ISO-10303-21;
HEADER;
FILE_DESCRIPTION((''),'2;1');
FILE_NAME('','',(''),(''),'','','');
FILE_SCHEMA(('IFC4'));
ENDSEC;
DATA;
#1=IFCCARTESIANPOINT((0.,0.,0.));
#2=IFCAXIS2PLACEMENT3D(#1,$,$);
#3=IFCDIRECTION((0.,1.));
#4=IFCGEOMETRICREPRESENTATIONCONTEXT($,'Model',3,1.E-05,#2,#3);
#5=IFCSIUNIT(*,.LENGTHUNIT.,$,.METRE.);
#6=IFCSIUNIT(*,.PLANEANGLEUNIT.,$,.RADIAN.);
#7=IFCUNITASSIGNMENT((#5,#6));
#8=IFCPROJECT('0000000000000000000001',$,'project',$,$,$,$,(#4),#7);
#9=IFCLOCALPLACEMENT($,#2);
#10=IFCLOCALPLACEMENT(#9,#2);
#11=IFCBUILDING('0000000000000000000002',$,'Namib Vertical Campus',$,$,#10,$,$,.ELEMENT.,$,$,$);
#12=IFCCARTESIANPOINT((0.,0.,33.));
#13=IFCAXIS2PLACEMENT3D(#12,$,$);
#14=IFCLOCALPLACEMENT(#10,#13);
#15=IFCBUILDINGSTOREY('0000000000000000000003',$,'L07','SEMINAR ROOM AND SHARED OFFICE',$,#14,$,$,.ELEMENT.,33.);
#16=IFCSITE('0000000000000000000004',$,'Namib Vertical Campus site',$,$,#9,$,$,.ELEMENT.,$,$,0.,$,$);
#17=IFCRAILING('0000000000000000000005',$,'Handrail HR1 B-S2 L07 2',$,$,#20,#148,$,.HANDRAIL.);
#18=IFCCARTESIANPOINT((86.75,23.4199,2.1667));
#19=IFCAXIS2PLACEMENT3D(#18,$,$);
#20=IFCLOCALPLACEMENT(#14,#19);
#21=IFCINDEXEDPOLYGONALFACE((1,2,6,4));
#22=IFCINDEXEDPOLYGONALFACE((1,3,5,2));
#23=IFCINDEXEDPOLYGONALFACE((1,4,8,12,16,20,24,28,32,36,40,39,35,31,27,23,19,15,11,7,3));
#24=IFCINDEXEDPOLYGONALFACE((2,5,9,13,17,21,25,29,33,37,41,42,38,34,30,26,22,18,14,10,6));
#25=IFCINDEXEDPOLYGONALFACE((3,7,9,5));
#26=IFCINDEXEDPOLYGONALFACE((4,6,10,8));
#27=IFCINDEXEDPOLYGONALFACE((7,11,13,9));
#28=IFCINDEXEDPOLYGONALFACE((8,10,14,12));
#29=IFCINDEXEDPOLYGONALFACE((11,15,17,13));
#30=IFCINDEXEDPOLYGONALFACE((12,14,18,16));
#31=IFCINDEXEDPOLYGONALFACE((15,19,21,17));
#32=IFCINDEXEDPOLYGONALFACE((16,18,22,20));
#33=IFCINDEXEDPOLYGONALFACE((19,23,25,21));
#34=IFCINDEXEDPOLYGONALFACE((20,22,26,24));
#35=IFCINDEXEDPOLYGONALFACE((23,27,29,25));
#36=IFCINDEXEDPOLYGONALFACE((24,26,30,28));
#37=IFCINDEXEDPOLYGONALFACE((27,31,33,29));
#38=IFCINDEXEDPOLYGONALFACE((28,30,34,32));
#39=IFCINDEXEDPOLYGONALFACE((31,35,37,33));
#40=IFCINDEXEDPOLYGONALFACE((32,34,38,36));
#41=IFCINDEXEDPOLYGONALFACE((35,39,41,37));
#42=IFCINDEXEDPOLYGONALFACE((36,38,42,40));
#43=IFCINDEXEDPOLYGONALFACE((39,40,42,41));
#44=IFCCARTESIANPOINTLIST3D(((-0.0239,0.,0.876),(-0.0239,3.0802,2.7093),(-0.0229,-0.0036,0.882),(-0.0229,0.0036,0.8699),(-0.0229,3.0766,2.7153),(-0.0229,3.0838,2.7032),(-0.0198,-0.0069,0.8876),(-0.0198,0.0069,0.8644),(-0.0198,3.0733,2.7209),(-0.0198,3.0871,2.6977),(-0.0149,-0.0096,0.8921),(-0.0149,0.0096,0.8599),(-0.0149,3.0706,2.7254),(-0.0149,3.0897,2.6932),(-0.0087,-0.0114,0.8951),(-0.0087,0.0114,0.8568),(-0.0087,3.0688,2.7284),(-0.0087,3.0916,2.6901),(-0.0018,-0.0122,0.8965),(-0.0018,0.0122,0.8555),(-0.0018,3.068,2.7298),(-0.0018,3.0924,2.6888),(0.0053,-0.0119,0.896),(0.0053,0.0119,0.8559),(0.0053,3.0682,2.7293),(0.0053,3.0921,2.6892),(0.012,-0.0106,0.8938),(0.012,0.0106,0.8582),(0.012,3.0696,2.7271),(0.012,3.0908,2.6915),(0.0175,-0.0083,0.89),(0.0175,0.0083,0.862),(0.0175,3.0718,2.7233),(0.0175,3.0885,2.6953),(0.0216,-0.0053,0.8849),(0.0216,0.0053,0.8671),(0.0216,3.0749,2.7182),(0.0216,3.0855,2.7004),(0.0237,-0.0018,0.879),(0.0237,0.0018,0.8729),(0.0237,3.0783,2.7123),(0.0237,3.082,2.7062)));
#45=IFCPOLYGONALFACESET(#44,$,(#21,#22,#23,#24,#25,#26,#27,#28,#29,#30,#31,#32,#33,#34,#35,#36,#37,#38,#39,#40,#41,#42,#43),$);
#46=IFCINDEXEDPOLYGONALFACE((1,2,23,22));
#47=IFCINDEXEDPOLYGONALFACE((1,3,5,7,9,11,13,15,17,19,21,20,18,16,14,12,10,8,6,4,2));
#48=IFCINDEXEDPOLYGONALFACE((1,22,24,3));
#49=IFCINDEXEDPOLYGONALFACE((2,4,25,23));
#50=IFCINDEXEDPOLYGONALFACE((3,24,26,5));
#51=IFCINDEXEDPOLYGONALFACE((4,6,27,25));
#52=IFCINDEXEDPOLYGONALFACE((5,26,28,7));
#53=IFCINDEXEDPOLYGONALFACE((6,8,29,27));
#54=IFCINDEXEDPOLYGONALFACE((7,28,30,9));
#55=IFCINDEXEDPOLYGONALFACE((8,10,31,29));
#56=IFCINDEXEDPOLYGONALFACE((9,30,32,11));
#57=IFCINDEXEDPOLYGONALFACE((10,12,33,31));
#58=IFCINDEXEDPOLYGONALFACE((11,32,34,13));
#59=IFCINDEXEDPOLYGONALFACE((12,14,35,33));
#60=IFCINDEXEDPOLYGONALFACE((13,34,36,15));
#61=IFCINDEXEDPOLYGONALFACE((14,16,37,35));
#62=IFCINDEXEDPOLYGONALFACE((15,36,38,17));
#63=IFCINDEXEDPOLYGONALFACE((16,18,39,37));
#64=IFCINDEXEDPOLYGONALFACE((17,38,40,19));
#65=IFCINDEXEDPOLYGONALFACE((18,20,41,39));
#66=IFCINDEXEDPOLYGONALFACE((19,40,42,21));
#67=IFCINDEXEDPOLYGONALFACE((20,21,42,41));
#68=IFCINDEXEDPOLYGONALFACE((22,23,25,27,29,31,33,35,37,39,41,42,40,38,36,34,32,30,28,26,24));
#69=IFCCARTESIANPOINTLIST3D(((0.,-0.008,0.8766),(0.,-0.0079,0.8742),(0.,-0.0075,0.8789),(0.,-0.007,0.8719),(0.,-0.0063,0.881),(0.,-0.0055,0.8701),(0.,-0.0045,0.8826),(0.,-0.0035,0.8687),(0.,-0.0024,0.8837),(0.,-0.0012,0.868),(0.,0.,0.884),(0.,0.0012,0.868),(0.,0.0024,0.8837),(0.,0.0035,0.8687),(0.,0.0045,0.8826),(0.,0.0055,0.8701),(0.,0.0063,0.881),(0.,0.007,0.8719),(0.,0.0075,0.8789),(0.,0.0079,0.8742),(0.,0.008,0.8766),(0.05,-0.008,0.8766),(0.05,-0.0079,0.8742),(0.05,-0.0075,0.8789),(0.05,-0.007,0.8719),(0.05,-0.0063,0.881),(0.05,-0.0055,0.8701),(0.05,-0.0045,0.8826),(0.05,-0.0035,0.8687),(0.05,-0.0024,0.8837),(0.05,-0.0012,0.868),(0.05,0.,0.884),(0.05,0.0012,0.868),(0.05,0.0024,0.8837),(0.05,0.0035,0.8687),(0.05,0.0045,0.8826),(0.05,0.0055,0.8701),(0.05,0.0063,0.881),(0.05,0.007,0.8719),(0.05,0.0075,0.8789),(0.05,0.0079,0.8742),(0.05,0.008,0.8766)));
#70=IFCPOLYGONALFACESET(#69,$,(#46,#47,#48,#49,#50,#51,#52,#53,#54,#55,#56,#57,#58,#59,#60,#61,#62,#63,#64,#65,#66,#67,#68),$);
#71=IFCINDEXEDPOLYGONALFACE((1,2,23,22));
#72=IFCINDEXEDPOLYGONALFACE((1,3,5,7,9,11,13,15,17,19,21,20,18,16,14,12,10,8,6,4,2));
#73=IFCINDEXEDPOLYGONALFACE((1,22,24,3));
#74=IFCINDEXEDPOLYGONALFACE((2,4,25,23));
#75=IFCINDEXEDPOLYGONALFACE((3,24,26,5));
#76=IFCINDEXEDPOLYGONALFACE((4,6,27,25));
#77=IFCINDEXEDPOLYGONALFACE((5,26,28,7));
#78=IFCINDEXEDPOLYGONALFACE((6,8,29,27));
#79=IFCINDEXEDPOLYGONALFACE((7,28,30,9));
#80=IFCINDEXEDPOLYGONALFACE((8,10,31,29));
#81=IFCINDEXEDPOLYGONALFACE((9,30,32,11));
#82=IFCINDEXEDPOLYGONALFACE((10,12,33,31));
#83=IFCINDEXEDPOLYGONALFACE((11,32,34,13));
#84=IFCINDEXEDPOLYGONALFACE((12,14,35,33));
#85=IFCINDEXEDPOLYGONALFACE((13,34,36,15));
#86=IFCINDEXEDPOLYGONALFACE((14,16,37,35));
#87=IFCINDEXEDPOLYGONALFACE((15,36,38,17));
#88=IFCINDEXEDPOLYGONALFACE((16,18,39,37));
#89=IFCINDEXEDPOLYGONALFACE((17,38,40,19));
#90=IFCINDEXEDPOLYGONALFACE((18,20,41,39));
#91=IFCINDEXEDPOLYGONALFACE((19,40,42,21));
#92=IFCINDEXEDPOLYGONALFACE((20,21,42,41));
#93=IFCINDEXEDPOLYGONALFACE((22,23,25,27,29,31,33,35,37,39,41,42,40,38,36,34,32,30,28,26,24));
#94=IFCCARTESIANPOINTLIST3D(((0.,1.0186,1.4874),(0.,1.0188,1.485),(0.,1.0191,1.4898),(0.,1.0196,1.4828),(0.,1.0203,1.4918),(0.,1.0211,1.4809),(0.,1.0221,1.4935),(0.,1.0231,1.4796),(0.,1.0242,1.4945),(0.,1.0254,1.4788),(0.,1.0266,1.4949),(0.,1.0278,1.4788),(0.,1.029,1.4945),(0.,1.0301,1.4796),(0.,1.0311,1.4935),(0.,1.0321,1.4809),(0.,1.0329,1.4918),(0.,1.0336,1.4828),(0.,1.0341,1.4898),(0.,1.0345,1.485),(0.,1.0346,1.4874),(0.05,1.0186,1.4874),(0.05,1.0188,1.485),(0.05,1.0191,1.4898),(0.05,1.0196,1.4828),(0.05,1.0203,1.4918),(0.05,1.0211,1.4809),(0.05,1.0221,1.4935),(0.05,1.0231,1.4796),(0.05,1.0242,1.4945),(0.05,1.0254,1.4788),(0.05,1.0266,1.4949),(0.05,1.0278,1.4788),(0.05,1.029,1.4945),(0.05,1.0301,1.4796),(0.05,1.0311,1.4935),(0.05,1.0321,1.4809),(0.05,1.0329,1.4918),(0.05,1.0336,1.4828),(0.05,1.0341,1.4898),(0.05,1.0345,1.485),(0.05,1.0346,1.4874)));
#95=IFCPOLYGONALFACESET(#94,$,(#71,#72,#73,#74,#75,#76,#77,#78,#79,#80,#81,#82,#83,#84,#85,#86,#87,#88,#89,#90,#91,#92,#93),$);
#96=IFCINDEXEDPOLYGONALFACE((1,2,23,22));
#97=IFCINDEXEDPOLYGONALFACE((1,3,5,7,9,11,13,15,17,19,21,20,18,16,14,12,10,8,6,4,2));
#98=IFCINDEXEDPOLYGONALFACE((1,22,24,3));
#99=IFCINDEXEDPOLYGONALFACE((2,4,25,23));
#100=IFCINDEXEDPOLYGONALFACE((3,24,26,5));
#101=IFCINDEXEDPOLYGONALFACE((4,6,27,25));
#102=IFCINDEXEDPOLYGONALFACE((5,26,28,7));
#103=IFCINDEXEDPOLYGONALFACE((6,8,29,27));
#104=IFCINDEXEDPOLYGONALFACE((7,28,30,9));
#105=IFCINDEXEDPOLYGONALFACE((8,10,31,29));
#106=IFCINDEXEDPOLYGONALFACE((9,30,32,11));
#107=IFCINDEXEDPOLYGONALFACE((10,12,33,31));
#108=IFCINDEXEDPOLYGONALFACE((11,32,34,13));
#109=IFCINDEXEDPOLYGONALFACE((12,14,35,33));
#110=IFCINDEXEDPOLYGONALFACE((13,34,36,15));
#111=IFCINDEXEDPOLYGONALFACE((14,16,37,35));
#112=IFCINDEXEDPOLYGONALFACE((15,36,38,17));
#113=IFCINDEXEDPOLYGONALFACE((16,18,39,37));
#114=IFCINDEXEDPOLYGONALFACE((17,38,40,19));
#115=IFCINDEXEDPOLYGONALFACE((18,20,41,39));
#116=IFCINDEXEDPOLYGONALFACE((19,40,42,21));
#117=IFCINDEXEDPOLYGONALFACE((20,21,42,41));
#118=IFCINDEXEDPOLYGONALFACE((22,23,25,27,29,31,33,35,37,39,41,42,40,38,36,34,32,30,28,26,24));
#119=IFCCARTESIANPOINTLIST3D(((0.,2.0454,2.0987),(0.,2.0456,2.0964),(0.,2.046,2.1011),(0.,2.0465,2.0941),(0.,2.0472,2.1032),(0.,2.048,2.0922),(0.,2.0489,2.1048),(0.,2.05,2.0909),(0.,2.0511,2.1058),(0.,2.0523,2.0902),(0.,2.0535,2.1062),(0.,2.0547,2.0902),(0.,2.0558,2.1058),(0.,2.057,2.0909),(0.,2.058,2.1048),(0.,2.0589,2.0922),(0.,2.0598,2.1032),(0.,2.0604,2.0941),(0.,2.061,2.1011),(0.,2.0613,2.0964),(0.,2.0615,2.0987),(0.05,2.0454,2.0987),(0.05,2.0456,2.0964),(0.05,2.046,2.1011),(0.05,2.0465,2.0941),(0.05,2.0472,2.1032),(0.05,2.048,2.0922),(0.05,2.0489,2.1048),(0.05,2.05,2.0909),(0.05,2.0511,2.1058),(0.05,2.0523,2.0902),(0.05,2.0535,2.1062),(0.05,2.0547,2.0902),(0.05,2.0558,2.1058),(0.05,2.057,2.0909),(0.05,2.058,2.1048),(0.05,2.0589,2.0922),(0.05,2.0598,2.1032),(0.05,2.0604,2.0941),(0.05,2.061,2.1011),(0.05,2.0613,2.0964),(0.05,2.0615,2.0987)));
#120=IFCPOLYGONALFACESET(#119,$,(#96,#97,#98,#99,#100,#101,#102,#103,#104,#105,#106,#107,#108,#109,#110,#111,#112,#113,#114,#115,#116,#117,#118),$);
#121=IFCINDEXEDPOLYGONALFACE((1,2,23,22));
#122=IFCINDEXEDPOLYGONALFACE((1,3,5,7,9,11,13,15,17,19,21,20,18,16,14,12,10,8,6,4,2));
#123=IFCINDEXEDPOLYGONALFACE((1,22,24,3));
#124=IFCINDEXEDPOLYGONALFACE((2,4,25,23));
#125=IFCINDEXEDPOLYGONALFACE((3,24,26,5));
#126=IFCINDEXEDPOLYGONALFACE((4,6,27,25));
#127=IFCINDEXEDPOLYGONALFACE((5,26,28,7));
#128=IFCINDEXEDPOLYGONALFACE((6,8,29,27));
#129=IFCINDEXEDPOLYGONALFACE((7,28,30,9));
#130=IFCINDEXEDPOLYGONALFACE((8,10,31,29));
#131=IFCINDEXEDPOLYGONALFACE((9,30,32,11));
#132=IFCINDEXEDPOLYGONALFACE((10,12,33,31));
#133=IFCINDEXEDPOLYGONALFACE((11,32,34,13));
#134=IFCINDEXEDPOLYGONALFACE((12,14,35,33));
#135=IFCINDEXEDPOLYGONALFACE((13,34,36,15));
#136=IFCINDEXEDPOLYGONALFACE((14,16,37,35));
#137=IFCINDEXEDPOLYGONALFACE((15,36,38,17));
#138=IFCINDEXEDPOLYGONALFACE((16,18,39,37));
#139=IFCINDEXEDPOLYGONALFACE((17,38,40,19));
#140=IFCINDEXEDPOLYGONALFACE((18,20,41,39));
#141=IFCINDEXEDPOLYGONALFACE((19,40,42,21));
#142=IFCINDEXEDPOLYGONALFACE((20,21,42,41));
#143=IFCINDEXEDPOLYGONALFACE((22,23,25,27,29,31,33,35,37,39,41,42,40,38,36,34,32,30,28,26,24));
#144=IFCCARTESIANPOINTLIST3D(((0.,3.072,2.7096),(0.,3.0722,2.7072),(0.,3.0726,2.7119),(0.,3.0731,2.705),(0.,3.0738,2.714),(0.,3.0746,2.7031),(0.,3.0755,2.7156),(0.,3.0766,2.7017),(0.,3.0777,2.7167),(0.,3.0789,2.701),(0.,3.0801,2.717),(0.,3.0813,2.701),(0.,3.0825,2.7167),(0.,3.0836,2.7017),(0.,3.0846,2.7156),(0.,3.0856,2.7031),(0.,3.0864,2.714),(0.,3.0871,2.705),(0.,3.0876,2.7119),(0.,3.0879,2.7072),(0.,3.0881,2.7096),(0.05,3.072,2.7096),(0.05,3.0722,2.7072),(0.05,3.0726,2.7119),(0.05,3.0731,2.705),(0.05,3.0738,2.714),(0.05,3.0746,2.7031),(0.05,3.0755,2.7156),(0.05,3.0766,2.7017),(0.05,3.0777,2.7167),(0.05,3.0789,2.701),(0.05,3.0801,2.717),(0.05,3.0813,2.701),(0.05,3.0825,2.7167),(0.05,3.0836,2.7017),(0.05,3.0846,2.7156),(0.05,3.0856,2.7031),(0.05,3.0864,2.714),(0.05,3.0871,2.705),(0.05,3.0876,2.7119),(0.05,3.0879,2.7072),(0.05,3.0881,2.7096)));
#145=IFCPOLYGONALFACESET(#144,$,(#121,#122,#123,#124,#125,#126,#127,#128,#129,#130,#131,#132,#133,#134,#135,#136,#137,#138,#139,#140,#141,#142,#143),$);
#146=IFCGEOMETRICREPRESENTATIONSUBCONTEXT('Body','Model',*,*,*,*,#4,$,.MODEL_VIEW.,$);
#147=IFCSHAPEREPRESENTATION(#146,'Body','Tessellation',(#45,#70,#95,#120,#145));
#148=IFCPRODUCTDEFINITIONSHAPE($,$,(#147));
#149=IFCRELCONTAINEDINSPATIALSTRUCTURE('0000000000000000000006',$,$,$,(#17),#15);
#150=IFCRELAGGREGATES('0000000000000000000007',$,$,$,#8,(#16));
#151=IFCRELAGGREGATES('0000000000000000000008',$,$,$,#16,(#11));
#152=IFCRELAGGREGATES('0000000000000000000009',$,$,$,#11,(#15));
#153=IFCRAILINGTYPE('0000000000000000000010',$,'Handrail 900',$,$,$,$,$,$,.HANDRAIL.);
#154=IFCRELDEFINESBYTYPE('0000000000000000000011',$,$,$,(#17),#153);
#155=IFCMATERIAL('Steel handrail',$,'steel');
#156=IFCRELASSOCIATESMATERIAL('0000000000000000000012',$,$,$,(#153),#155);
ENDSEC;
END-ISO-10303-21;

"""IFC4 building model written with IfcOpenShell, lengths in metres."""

from ifc_helpers import new_model, si_unit, direction, frame, origin, origin_2d, place, context, subcontext, project, spatial, circle, extrude, material, type_object, element, save


model = new_model("IFC4")

# Units and contexts
model_context = context("Model", 3, precision=1e-05, world=origin(), true_north=direction((0.0, 1.0)))
body_context = subcontext(model_context, "Body", "Model", "MODEL_VIEW")
ifc_project = project(units=[si_unit("LENGTHUNIT", "METRE"), si_unit("PLANEANGLEUNIT", "RADIAN")], contexts=[model_context])

# Site, building, storey
site_placement = place(None, origin())
site = spatial("IfcSite", under=ifc_project, at=site_placement, Name="Namib Vertical Campus site", CompositionType="ELEMENT", RefElevation=0.0)
building_placement = place(site_placement, origin())
building = spatial("IfcBuilding", under=site, at=building_placement, Name="Namib Vertical Campus", CompositionType="ELEMENT")
storey_placement = place(building_placement, frame((0.0, 0.0, 33.0)))
storey = spatial("IfcBuildingStorey", under=building, at=storey_placement, Name="L07", Description="SEMINAR ROOM AND SHARED OFFICE", CompositionType="ELEMENT", Elevation=33.0)

# Railing
ifc_material_1 = material(Name="Steel handrail", Category="steel")
railing_type_1 = type_object("IfcRailingType", Name="Handrail 900", PredefinedType="HANDRAIL", material=ifc_material_1)
railing_1_placement = place(storey_placement, frame((86.75, 23.4199, 2.1667)))
element("IfcRailing", 1, at=railing_1_placement, inside=storey, type_object=railing_type_1, Name="Handrail HR1 B-S2 L07 2", PredefinedType="HANDRAIL", context=body_context, shape_type="SweptSolid", body=[
    extrude(circle(Radius=0.0239, at=origin_2d()), frame((0.0, 0.0, 0.876), z_axis=(0.0, 0.859309, 0.511458), x_axis=(-1.0, 0.0, 0.0)), (0.0, 0.0, 1.0), 3.5845),
    extrude(circle(Radius=0.0081, at=origin_2d()), frame((0.0, 0.0, 0.876), z_axis=(1.0, 0.0, 0.0), x_axis=(0.0, 0.0, 1.0)), (0.0, 0.0, 1.0), 0.05),
    extrude(circle(Radius=0.0081, at=origin_2d()), frame((0.0, 1.0266, 1.4868), z_axis=(1.0, 0.0, 0.0), x_axis=(0.0, 0.0, 1.0)), (0.0, 0.0, 1.0), 0.05),
    extrude(circle(Radius=0.0081, at=origin_2d()), frame((0.0, 2.0535, 2.0981), z_axis=(1.0, 0.0, 0.0), x_axis=(0.0, 0.0, 1.0)), (0.0, 0.0, 1.0), 0.05),
    extrude(circle(Radius=0.0081, at=origin_2d()), frame((0.0, 3.0801, 2.709), z_axis=(1.0, 0.0, 0.0), x_axis=(0.0, 0.0, 1.0)), (0.0, 0.0, 1.0), 0.05),
])

save(model, "model.ifc")
